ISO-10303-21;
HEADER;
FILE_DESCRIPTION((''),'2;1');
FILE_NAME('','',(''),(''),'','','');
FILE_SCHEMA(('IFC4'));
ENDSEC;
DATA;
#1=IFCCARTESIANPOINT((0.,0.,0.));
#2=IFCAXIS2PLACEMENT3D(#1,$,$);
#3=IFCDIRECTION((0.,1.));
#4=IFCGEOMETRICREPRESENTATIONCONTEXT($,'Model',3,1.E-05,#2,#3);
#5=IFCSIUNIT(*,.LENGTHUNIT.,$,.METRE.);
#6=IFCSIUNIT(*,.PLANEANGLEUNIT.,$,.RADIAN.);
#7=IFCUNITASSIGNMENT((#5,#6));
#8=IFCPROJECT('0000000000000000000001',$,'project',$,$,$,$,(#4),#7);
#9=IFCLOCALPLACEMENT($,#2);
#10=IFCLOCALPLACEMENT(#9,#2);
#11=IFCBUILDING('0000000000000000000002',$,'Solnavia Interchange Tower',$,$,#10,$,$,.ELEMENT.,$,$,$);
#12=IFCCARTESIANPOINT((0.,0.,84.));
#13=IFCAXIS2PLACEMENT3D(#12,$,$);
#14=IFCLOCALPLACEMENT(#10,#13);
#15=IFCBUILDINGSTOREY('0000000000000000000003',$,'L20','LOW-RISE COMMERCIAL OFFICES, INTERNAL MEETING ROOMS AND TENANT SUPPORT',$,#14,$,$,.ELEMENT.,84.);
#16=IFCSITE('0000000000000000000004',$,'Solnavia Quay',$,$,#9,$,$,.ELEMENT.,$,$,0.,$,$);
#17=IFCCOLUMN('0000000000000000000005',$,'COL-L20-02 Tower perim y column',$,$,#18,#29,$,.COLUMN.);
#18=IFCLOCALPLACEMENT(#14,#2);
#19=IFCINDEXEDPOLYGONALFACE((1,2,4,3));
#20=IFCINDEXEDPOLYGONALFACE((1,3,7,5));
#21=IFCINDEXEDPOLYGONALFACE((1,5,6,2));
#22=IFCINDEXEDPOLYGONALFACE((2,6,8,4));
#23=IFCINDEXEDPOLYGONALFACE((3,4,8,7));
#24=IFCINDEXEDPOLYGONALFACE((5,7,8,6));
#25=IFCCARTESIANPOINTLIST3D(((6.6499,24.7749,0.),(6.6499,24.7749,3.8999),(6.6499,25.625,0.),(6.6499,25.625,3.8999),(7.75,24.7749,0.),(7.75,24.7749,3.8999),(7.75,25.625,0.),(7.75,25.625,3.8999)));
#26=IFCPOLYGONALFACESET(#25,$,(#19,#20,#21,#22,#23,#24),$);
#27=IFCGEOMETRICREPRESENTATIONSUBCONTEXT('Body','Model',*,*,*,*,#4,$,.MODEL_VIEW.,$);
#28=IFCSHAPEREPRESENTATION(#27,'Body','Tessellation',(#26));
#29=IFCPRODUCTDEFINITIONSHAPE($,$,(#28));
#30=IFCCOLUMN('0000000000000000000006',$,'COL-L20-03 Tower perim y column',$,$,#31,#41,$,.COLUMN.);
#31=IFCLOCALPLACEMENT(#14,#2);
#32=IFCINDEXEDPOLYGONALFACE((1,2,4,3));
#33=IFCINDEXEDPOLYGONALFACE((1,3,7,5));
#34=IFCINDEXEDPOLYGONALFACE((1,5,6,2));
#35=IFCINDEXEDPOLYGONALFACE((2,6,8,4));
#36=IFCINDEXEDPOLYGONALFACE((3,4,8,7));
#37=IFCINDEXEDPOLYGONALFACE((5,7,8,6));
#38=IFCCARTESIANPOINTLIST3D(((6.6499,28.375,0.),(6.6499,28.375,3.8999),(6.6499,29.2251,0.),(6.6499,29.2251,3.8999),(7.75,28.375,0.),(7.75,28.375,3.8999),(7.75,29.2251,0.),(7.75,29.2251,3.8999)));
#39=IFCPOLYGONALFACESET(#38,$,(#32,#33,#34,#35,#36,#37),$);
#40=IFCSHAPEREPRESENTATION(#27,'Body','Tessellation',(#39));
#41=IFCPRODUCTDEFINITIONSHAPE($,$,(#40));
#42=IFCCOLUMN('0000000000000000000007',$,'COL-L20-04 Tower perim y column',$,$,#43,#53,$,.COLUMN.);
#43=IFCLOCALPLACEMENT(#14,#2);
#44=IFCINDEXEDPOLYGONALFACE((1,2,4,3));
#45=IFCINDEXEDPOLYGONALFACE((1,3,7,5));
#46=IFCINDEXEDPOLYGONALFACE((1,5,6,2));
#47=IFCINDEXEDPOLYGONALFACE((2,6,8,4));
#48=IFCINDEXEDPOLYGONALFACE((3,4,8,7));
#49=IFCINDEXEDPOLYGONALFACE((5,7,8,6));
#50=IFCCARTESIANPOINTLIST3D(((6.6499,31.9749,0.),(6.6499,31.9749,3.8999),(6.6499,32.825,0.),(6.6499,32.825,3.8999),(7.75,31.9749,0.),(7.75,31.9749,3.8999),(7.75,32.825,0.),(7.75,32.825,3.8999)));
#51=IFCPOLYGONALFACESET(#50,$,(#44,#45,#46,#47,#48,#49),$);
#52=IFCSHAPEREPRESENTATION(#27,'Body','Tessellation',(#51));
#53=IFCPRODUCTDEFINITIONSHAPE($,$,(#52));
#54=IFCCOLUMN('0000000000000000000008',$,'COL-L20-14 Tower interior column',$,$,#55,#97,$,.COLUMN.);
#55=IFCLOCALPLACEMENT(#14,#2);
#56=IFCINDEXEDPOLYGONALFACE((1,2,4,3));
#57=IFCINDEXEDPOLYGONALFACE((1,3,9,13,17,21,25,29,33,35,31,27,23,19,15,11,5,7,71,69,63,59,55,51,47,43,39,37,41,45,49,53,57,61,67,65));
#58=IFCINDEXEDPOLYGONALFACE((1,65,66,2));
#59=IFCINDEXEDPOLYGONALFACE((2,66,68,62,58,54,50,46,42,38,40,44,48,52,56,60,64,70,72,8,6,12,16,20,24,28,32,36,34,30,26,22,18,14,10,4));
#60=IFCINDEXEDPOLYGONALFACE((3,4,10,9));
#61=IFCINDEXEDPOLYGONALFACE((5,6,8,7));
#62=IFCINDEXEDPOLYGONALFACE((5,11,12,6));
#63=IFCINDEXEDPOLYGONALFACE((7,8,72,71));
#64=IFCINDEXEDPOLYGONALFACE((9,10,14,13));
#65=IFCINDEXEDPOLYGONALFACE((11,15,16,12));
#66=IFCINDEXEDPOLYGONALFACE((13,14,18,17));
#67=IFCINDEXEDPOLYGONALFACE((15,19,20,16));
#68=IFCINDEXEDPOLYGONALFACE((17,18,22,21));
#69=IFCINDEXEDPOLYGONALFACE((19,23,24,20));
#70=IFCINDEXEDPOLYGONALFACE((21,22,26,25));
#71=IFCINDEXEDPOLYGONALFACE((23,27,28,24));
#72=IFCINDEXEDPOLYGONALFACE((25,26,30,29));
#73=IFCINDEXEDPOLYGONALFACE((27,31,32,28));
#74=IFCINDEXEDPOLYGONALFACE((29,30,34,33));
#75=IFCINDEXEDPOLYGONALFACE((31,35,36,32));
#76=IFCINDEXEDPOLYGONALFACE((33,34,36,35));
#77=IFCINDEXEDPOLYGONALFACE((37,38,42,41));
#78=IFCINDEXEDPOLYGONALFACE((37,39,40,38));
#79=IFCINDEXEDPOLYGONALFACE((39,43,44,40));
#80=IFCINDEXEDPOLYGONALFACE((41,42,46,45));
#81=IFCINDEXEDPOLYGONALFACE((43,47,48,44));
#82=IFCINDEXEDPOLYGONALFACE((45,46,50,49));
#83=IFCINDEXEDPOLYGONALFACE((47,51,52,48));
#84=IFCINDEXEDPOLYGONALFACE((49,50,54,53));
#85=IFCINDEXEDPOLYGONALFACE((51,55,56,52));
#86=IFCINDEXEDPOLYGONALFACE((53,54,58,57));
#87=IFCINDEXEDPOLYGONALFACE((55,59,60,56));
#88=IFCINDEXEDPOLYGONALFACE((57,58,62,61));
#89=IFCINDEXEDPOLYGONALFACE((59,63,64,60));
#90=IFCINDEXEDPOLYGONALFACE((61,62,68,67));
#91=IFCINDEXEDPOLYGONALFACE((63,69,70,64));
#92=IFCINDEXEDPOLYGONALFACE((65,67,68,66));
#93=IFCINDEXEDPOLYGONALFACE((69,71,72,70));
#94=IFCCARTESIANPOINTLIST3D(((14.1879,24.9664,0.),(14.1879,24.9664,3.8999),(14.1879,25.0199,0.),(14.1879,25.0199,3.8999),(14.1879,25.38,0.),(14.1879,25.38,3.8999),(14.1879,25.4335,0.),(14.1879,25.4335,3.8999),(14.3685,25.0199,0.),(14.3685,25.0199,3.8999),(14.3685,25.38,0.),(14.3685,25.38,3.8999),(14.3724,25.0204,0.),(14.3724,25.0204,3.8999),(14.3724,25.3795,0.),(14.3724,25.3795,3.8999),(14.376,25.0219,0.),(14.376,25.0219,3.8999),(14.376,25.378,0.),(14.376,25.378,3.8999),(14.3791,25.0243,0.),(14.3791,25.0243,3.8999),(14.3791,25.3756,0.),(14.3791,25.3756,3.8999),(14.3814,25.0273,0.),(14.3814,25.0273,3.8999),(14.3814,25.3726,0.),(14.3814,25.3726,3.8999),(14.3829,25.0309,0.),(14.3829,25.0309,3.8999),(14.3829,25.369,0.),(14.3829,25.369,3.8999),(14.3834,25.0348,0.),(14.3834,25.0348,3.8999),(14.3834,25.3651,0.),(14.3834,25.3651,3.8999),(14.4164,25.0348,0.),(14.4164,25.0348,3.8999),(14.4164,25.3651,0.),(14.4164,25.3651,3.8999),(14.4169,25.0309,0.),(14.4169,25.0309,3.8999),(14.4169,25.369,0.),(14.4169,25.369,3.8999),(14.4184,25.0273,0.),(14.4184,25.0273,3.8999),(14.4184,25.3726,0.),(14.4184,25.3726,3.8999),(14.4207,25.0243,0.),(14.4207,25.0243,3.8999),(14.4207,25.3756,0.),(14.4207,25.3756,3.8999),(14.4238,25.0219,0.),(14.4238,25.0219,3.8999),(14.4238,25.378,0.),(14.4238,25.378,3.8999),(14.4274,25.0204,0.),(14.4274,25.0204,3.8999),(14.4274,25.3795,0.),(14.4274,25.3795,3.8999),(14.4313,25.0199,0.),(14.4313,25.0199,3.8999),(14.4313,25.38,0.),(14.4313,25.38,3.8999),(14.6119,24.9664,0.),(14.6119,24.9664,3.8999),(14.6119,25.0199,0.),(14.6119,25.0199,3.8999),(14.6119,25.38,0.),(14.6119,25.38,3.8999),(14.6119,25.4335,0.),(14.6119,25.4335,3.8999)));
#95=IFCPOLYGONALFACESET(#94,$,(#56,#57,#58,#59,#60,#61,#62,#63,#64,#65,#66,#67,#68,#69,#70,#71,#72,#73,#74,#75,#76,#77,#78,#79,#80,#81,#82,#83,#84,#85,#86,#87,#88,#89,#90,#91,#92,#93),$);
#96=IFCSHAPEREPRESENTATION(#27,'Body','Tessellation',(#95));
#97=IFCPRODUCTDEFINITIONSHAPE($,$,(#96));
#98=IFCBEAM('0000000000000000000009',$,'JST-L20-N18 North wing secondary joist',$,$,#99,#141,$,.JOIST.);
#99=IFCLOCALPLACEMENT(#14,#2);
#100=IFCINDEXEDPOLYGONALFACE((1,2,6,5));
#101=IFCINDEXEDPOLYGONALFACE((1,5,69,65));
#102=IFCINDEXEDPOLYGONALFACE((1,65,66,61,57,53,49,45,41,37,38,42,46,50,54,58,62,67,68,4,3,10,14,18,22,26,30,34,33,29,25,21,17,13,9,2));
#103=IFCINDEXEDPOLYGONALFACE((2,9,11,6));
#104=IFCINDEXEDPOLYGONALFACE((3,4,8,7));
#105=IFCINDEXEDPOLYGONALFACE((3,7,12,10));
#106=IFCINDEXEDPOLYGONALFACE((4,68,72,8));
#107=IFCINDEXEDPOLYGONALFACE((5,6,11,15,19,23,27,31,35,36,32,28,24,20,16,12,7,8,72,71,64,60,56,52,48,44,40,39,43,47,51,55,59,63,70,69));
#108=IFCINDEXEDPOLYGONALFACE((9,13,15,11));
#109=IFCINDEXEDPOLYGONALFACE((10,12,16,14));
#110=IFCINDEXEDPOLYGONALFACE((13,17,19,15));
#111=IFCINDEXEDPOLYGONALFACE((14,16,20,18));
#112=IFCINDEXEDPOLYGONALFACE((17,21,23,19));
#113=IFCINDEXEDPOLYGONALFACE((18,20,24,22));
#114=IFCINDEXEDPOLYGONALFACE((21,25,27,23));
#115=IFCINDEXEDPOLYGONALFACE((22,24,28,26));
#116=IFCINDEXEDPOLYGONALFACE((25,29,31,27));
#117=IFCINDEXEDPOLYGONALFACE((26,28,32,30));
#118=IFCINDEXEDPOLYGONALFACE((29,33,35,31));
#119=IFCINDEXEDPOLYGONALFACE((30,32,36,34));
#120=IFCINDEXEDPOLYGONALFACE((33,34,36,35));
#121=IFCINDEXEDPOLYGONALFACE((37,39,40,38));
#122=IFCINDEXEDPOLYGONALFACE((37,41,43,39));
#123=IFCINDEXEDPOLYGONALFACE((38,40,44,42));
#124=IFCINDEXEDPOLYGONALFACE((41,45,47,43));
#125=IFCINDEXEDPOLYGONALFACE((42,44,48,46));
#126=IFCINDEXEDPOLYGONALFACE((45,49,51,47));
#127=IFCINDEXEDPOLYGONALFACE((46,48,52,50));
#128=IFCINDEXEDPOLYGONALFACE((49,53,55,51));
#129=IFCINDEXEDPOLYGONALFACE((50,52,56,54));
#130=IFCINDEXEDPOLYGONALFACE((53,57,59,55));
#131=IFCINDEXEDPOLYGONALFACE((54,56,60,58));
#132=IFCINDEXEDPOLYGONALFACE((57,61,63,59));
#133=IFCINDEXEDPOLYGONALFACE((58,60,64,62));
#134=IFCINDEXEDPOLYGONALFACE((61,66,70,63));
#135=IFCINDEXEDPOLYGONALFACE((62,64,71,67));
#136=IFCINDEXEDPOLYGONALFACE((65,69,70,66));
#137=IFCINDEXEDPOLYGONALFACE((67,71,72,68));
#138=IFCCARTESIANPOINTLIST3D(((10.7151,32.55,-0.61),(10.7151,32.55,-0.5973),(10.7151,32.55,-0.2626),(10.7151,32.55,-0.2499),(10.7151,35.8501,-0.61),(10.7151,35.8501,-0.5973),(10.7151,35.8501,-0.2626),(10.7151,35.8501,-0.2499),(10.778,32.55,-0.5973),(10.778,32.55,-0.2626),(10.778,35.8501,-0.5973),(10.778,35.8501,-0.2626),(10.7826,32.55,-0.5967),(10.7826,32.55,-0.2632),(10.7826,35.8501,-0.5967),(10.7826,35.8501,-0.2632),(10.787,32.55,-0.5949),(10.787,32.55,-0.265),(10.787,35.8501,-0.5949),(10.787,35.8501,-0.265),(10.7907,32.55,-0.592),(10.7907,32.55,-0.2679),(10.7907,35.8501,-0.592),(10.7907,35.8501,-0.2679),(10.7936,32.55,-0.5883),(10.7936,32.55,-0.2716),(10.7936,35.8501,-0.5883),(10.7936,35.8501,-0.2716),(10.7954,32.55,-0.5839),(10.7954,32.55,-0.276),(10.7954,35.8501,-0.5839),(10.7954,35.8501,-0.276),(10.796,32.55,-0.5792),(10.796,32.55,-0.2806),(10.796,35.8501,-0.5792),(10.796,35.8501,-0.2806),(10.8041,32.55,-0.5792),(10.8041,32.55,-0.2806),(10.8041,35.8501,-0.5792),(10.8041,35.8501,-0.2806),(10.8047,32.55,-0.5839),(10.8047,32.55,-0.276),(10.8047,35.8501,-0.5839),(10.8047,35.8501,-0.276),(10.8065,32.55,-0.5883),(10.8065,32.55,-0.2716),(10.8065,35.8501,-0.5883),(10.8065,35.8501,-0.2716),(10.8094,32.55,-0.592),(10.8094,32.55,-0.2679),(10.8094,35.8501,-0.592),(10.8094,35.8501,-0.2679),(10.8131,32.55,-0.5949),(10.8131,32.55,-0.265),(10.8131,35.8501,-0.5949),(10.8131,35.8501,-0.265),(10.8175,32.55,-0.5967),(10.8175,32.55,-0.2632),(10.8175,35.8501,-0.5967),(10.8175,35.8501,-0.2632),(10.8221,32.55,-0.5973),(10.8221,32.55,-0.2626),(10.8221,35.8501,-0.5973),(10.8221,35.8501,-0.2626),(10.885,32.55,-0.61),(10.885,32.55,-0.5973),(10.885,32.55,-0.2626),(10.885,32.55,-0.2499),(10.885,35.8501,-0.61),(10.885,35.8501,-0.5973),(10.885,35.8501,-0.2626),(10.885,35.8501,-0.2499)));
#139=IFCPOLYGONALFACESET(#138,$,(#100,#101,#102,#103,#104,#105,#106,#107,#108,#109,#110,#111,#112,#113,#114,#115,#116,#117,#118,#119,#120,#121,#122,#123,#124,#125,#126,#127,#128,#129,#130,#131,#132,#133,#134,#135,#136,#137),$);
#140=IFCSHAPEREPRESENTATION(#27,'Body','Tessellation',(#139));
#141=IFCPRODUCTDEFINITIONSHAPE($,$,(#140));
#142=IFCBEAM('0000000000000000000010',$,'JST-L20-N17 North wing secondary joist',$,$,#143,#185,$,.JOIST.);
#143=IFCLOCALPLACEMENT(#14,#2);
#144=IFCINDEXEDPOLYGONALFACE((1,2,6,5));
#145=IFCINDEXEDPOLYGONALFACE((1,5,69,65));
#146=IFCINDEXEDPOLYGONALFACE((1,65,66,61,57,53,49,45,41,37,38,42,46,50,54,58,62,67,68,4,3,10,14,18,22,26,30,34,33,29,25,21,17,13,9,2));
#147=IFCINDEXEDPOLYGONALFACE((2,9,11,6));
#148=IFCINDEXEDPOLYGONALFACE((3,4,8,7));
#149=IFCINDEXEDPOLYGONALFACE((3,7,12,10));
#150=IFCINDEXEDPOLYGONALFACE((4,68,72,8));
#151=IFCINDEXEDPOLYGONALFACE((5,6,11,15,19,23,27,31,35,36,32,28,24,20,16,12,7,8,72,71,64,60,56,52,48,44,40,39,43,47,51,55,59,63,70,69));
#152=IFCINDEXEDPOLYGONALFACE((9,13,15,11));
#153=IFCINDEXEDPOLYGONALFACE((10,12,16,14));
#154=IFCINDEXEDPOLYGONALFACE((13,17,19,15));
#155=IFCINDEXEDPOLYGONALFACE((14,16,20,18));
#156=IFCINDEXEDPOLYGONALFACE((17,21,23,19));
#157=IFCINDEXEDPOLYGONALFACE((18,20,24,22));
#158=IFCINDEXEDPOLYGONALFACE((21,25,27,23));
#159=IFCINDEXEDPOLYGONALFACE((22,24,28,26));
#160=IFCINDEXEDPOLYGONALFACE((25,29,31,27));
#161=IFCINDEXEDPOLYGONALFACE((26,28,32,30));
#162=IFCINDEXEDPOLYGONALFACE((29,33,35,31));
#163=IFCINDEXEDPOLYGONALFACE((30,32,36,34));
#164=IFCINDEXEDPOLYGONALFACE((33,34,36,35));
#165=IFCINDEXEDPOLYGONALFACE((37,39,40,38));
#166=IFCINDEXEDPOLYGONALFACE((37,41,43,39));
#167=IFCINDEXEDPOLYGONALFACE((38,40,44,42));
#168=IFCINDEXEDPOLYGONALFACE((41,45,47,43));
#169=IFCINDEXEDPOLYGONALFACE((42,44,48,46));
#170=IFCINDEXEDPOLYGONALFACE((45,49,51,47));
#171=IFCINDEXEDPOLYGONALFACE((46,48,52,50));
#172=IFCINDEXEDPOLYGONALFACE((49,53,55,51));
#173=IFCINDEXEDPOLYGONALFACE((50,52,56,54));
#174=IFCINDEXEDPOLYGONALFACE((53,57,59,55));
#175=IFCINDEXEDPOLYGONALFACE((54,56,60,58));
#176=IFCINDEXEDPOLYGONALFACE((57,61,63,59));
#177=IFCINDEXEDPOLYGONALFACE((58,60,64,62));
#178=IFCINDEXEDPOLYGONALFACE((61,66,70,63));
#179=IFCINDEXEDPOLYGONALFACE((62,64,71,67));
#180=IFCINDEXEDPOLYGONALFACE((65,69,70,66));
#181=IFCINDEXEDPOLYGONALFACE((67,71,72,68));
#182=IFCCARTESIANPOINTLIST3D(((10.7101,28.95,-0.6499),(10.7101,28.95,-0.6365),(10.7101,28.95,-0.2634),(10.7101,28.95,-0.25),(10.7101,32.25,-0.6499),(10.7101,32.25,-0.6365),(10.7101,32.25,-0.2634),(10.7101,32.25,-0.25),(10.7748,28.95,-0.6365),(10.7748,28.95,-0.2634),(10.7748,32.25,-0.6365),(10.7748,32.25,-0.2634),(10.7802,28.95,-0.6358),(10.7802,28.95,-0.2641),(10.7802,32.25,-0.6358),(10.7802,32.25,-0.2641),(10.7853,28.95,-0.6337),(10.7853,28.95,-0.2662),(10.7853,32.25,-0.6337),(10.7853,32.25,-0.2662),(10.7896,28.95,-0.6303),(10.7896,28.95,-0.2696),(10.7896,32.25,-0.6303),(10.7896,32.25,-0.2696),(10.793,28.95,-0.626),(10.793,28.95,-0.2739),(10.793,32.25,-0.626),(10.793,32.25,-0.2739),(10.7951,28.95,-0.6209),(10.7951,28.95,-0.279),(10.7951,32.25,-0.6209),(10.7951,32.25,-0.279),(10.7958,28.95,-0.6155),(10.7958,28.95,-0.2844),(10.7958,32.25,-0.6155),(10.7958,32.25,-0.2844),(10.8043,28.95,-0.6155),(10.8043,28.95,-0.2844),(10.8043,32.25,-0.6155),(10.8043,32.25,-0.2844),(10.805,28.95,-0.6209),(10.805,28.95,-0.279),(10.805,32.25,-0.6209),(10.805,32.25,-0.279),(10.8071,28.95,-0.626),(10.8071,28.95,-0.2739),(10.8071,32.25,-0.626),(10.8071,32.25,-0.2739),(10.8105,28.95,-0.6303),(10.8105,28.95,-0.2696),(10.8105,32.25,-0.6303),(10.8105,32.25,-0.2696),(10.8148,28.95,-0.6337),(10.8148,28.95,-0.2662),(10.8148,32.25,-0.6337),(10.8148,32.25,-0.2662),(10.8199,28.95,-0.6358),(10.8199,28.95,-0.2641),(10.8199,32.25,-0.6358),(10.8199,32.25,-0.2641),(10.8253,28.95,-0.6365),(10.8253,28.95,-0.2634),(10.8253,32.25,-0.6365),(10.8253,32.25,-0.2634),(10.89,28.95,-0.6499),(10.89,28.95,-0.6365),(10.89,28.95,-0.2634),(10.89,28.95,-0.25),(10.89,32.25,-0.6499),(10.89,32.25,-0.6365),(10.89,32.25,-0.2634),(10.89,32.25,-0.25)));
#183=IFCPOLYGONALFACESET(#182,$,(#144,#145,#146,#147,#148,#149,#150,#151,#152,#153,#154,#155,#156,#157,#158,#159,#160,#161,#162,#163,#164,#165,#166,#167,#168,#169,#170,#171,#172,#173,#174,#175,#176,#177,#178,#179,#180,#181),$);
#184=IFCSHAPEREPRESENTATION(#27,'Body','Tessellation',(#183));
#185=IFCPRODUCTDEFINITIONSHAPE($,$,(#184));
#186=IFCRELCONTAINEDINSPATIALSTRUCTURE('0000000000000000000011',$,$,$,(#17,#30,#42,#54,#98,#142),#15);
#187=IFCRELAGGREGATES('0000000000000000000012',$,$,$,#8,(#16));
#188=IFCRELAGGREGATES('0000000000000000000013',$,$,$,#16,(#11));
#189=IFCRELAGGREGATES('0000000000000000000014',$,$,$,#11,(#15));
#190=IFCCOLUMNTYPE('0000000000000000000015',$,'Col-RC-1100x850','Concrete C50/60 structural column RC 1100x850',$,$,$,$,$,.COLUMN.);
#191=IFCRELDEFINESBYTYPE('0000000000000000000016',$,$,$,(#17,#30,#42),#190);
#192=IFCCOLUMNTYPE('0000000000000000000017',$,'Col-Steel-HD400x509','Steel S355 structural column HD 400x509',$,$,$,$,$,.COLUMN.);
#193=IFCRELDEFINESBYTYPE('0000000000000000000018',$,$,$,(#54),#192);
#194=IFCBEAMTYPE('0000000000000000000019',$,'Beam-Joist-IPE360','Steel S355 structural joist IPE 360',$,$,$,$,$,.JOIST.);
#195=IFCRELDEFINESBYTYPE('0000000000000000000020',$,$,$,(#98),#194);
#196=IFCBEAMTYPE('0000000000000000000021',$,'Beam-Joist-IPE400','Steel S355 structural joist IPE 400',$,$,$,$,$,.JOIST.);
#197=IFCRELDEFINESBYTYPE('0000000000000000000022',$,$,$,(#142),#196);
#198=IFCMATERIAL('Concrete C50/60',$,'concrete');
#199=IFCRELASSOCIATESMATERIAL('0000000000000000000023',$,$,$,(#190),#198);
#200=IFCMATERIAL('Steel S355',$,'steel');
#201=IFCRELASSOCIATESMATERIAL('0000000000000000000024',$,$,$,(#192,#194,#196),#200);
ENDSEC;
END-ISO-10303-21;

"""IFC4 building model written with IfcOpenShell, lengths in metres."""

from ifc_helpers import new_model, si_unit, direction, frame, origin, origin_2d, place, context, subcontext, project, spatial, rectangle, i_section, extrude, material, material_profile, profile_set, type_object, element, save


model = new_model("IFC4")

# Units and contexts
model_context = context("Model", 3, precision=1e-05, world=origin(), true_north=direction((0.0, 1.0)))
body_context = subcontext(model_context, "Body", "Model", "MODEL_VIEW")
ifc_project = project(units=[si_unit("LENGTHUNIT", "METRE"), si_unit("PLANEANGLEUNIT", "RADIAN")], contexts=[model_context])

# Site, building, storey
site_placement = place(None, origin())
site = spatial("IfcSite", under=ifc_project, at=site_placement, Name="Solnavia Quay", CompositionType="ELEMENT", RefElevation=0.0)
building_placement = place(site_placement, origin())
building = spatial("IfcBuilding", under=site, at=building_placement, Name="Solnavia Interchange Tower", CompositionType="ELEMENT")
storey_placement = place(building_placement, frame((0.0, 0.0, 84.0)))
storey = spatial("IfcBuildingStorey", under=building, at=storey_placement, Name="L20", Description="LOW-RISE COMMERCIAL OFFICES, INTERNAL MEETING ROOMS AND TENANT SUPPORT", CompositionType="ELEMENT", Elevation=84.0)

# Columns
ifc_material_1 = material(Name="Concrete C50/60", Category="concrete")
ifc_material_profile_1 = material_profile(ifc_material_1, rectangle(XDim=0.8501, YDim=1.1001, at=origin_2d()), Name="RC 1100x850")
ifc_profile_set_1 = profile_set([ifc_material_profile_1], Name="Concrete C50/60")
column_type_1 = type_object("IfcColumnType", Name="Col-RC-1100x850", Description="Concrete C50/60 structural column RC 1100x850", PredefinedType="COLUMN", material=ifc_profile_set_1)
for number, where, z_axis, x_axis, name in (
    (1, (7.2, 25.2, 0.0), (0.0, 0.0, 1.0), (0.0, 1.0, 0.0), "COL-L20-02 Tower perim y column"),
    (2, (7.2, 28.8, 0.0), (0.0, 0.0, 1.0), (0.0, 1.0, 0.0), "COL-L20-03 Tower perim y column"),
    (3, (7.2, 32.3999, 0.0), (0.0, 0.0, 1.0), (0.0, 1.0, 0.0), "COL-L20-04 Tower perim y column"),
):
    element("IfcColumn", number, at=place(storey_placement, frame(where, z_axis=z_axis, x_axis=x_axis)), inside=storey, type_object=column_type_1, Name=name, PredefinedType="COLUMN", context=body_context, shape_type="SweptSolid", body=[
        extrude(rectangle(XDim=0.8501, YDim=1.1001, at=origin_2d()), origin(), (0.0, 0.0, 1.0), 3.8999),
    ])
ifc_material_2 = material(Name="Steel S355", Category="steel")
ifc_material_profile_2 = material_profile(ifc_material_2, i_section(OverallWidth=0.4241, OverallDepth=0.467, WebThickness=0.033, FlangeThickness=0.0535, FilletRadius=0.0149, at=origin_2d()), Name="HD 400x509")
ifc_profile_set_2 = profile_set([ifc_material_profile_2], Name="Steel S355")
column_type_2 = type_object("IfcColumnType", Name="Col-Steel-HD400x509", Description="Steel S355 structural column HD 400x509", PredefinedType="COLUMN", material=ifc_profile_set_2)
column_placement = place(storey_placement, frame((14.3999, 25.2, 0.0), z_axis=(0.0, 0.0, 1.0), x_axis=(1.0, 0.0, 0.0)))
element("IfcColumn", 4, at=column_placement, inside=storey, type_object=column_type_2, Name="COL-L20-14 Tower interior column", PredefinedType="COLUMN", context=body_context, shape_type="SweptSolid", body=[
    extrude(i_section(OverallWidth=0.4241, OverallDepth=0.467, WebThickness=0.033, FlangeThickness=0.0535, FilletRadius=0.0149, at=origin_2d()), origin(), (0.0, 0.0, 1.0), 3.8999),
])

# Beams
ifc_material_profile_3 = material_profile(ifc_material_2, i_section(OverallWidth=0.1699, OverallDepth=0.3601, WebThickness=0.0081, FlangeThickness=0.0127, FilletRadius=0.0181, at=origin_2d()), Name="IPE 360")
ifc_profile_set_3 = profile_set([ifc_material_profile_3], Name="Steel S355")
beam_type_1 = type_object("IfcBeamType", Name="Beam-Joist-IPE360", Description="Steel S355 structural joist IPE 360", PredefinedType="JOIST", material=ifc_profile_set_3)
beam_1_placement = place(storey_placement, frame((10.8, 32.55, -0.4299), z_axis=(0.0, 1.0, 0.0), x_axis=(-1.0, 0.0, 0.0)))
element("IfcBeam", 5, at=beam_1_placement, inside=storey, type_object=beam_type_1, Name="JST-L20-N18 North wing secondary joist", PredefinedType="JOIST", context=body_context, shape_type="SweptSolid", body=[
    extrude(i_section(OverallWidth=0.1699, OverallDepth=0.3601, WebThickness=0.0081, FlangeThickness=0.0127, FilletRadius=0.0181, at=origin_2d()), origin(), (0.0, 0.0, 1.0), 3.3),
])
ifc_material_profile_4 = material_profile(ifc_material_2, i_section(OverallWidth=0.1799, OverallDepth=0.3999, WebThickness=0.0085, FlangeThickness=0.0134, FilletRadius=0.021, at=origin_2d()), Name="IPE 400")
ifc_profile_set_4 = profile_set([ifc_material_profile_4], Name="Steel S355")
beam_type_2 = type_object("IfcBeamType", Name="Beam-Joist-IPE400", Description="Steel S355 structural joist IPE 400", PredefinedType="JOIST", material=ifc_profile_set_4)
beam_2_placement = place(storey_placement, frame((10.8, 28.95, -0.45), z_axis=(0.0, 1.0, 0.0), x_axis=(-1.0, 0.0, 0.0)))
element("IfcBeam", 6, at=beam_2_placement, inside=storey, type_object=beam_type_2, Name="JST-L20-N17 North wing secondary joist", PredefinedType="JOIST", context=body_context, shape_type="SweptSolid", body=[
    extrude(i_section(OverallWidth=0.1799, OverallDepth=0.3999, WebThickness=0.0085, FlangeThickness=0.0134, FilletRadius=0.021, at=origin_2d()), origin(), (0.0, 0.0, 1.0), 3.3),
])

save(model, "model.ifc")
